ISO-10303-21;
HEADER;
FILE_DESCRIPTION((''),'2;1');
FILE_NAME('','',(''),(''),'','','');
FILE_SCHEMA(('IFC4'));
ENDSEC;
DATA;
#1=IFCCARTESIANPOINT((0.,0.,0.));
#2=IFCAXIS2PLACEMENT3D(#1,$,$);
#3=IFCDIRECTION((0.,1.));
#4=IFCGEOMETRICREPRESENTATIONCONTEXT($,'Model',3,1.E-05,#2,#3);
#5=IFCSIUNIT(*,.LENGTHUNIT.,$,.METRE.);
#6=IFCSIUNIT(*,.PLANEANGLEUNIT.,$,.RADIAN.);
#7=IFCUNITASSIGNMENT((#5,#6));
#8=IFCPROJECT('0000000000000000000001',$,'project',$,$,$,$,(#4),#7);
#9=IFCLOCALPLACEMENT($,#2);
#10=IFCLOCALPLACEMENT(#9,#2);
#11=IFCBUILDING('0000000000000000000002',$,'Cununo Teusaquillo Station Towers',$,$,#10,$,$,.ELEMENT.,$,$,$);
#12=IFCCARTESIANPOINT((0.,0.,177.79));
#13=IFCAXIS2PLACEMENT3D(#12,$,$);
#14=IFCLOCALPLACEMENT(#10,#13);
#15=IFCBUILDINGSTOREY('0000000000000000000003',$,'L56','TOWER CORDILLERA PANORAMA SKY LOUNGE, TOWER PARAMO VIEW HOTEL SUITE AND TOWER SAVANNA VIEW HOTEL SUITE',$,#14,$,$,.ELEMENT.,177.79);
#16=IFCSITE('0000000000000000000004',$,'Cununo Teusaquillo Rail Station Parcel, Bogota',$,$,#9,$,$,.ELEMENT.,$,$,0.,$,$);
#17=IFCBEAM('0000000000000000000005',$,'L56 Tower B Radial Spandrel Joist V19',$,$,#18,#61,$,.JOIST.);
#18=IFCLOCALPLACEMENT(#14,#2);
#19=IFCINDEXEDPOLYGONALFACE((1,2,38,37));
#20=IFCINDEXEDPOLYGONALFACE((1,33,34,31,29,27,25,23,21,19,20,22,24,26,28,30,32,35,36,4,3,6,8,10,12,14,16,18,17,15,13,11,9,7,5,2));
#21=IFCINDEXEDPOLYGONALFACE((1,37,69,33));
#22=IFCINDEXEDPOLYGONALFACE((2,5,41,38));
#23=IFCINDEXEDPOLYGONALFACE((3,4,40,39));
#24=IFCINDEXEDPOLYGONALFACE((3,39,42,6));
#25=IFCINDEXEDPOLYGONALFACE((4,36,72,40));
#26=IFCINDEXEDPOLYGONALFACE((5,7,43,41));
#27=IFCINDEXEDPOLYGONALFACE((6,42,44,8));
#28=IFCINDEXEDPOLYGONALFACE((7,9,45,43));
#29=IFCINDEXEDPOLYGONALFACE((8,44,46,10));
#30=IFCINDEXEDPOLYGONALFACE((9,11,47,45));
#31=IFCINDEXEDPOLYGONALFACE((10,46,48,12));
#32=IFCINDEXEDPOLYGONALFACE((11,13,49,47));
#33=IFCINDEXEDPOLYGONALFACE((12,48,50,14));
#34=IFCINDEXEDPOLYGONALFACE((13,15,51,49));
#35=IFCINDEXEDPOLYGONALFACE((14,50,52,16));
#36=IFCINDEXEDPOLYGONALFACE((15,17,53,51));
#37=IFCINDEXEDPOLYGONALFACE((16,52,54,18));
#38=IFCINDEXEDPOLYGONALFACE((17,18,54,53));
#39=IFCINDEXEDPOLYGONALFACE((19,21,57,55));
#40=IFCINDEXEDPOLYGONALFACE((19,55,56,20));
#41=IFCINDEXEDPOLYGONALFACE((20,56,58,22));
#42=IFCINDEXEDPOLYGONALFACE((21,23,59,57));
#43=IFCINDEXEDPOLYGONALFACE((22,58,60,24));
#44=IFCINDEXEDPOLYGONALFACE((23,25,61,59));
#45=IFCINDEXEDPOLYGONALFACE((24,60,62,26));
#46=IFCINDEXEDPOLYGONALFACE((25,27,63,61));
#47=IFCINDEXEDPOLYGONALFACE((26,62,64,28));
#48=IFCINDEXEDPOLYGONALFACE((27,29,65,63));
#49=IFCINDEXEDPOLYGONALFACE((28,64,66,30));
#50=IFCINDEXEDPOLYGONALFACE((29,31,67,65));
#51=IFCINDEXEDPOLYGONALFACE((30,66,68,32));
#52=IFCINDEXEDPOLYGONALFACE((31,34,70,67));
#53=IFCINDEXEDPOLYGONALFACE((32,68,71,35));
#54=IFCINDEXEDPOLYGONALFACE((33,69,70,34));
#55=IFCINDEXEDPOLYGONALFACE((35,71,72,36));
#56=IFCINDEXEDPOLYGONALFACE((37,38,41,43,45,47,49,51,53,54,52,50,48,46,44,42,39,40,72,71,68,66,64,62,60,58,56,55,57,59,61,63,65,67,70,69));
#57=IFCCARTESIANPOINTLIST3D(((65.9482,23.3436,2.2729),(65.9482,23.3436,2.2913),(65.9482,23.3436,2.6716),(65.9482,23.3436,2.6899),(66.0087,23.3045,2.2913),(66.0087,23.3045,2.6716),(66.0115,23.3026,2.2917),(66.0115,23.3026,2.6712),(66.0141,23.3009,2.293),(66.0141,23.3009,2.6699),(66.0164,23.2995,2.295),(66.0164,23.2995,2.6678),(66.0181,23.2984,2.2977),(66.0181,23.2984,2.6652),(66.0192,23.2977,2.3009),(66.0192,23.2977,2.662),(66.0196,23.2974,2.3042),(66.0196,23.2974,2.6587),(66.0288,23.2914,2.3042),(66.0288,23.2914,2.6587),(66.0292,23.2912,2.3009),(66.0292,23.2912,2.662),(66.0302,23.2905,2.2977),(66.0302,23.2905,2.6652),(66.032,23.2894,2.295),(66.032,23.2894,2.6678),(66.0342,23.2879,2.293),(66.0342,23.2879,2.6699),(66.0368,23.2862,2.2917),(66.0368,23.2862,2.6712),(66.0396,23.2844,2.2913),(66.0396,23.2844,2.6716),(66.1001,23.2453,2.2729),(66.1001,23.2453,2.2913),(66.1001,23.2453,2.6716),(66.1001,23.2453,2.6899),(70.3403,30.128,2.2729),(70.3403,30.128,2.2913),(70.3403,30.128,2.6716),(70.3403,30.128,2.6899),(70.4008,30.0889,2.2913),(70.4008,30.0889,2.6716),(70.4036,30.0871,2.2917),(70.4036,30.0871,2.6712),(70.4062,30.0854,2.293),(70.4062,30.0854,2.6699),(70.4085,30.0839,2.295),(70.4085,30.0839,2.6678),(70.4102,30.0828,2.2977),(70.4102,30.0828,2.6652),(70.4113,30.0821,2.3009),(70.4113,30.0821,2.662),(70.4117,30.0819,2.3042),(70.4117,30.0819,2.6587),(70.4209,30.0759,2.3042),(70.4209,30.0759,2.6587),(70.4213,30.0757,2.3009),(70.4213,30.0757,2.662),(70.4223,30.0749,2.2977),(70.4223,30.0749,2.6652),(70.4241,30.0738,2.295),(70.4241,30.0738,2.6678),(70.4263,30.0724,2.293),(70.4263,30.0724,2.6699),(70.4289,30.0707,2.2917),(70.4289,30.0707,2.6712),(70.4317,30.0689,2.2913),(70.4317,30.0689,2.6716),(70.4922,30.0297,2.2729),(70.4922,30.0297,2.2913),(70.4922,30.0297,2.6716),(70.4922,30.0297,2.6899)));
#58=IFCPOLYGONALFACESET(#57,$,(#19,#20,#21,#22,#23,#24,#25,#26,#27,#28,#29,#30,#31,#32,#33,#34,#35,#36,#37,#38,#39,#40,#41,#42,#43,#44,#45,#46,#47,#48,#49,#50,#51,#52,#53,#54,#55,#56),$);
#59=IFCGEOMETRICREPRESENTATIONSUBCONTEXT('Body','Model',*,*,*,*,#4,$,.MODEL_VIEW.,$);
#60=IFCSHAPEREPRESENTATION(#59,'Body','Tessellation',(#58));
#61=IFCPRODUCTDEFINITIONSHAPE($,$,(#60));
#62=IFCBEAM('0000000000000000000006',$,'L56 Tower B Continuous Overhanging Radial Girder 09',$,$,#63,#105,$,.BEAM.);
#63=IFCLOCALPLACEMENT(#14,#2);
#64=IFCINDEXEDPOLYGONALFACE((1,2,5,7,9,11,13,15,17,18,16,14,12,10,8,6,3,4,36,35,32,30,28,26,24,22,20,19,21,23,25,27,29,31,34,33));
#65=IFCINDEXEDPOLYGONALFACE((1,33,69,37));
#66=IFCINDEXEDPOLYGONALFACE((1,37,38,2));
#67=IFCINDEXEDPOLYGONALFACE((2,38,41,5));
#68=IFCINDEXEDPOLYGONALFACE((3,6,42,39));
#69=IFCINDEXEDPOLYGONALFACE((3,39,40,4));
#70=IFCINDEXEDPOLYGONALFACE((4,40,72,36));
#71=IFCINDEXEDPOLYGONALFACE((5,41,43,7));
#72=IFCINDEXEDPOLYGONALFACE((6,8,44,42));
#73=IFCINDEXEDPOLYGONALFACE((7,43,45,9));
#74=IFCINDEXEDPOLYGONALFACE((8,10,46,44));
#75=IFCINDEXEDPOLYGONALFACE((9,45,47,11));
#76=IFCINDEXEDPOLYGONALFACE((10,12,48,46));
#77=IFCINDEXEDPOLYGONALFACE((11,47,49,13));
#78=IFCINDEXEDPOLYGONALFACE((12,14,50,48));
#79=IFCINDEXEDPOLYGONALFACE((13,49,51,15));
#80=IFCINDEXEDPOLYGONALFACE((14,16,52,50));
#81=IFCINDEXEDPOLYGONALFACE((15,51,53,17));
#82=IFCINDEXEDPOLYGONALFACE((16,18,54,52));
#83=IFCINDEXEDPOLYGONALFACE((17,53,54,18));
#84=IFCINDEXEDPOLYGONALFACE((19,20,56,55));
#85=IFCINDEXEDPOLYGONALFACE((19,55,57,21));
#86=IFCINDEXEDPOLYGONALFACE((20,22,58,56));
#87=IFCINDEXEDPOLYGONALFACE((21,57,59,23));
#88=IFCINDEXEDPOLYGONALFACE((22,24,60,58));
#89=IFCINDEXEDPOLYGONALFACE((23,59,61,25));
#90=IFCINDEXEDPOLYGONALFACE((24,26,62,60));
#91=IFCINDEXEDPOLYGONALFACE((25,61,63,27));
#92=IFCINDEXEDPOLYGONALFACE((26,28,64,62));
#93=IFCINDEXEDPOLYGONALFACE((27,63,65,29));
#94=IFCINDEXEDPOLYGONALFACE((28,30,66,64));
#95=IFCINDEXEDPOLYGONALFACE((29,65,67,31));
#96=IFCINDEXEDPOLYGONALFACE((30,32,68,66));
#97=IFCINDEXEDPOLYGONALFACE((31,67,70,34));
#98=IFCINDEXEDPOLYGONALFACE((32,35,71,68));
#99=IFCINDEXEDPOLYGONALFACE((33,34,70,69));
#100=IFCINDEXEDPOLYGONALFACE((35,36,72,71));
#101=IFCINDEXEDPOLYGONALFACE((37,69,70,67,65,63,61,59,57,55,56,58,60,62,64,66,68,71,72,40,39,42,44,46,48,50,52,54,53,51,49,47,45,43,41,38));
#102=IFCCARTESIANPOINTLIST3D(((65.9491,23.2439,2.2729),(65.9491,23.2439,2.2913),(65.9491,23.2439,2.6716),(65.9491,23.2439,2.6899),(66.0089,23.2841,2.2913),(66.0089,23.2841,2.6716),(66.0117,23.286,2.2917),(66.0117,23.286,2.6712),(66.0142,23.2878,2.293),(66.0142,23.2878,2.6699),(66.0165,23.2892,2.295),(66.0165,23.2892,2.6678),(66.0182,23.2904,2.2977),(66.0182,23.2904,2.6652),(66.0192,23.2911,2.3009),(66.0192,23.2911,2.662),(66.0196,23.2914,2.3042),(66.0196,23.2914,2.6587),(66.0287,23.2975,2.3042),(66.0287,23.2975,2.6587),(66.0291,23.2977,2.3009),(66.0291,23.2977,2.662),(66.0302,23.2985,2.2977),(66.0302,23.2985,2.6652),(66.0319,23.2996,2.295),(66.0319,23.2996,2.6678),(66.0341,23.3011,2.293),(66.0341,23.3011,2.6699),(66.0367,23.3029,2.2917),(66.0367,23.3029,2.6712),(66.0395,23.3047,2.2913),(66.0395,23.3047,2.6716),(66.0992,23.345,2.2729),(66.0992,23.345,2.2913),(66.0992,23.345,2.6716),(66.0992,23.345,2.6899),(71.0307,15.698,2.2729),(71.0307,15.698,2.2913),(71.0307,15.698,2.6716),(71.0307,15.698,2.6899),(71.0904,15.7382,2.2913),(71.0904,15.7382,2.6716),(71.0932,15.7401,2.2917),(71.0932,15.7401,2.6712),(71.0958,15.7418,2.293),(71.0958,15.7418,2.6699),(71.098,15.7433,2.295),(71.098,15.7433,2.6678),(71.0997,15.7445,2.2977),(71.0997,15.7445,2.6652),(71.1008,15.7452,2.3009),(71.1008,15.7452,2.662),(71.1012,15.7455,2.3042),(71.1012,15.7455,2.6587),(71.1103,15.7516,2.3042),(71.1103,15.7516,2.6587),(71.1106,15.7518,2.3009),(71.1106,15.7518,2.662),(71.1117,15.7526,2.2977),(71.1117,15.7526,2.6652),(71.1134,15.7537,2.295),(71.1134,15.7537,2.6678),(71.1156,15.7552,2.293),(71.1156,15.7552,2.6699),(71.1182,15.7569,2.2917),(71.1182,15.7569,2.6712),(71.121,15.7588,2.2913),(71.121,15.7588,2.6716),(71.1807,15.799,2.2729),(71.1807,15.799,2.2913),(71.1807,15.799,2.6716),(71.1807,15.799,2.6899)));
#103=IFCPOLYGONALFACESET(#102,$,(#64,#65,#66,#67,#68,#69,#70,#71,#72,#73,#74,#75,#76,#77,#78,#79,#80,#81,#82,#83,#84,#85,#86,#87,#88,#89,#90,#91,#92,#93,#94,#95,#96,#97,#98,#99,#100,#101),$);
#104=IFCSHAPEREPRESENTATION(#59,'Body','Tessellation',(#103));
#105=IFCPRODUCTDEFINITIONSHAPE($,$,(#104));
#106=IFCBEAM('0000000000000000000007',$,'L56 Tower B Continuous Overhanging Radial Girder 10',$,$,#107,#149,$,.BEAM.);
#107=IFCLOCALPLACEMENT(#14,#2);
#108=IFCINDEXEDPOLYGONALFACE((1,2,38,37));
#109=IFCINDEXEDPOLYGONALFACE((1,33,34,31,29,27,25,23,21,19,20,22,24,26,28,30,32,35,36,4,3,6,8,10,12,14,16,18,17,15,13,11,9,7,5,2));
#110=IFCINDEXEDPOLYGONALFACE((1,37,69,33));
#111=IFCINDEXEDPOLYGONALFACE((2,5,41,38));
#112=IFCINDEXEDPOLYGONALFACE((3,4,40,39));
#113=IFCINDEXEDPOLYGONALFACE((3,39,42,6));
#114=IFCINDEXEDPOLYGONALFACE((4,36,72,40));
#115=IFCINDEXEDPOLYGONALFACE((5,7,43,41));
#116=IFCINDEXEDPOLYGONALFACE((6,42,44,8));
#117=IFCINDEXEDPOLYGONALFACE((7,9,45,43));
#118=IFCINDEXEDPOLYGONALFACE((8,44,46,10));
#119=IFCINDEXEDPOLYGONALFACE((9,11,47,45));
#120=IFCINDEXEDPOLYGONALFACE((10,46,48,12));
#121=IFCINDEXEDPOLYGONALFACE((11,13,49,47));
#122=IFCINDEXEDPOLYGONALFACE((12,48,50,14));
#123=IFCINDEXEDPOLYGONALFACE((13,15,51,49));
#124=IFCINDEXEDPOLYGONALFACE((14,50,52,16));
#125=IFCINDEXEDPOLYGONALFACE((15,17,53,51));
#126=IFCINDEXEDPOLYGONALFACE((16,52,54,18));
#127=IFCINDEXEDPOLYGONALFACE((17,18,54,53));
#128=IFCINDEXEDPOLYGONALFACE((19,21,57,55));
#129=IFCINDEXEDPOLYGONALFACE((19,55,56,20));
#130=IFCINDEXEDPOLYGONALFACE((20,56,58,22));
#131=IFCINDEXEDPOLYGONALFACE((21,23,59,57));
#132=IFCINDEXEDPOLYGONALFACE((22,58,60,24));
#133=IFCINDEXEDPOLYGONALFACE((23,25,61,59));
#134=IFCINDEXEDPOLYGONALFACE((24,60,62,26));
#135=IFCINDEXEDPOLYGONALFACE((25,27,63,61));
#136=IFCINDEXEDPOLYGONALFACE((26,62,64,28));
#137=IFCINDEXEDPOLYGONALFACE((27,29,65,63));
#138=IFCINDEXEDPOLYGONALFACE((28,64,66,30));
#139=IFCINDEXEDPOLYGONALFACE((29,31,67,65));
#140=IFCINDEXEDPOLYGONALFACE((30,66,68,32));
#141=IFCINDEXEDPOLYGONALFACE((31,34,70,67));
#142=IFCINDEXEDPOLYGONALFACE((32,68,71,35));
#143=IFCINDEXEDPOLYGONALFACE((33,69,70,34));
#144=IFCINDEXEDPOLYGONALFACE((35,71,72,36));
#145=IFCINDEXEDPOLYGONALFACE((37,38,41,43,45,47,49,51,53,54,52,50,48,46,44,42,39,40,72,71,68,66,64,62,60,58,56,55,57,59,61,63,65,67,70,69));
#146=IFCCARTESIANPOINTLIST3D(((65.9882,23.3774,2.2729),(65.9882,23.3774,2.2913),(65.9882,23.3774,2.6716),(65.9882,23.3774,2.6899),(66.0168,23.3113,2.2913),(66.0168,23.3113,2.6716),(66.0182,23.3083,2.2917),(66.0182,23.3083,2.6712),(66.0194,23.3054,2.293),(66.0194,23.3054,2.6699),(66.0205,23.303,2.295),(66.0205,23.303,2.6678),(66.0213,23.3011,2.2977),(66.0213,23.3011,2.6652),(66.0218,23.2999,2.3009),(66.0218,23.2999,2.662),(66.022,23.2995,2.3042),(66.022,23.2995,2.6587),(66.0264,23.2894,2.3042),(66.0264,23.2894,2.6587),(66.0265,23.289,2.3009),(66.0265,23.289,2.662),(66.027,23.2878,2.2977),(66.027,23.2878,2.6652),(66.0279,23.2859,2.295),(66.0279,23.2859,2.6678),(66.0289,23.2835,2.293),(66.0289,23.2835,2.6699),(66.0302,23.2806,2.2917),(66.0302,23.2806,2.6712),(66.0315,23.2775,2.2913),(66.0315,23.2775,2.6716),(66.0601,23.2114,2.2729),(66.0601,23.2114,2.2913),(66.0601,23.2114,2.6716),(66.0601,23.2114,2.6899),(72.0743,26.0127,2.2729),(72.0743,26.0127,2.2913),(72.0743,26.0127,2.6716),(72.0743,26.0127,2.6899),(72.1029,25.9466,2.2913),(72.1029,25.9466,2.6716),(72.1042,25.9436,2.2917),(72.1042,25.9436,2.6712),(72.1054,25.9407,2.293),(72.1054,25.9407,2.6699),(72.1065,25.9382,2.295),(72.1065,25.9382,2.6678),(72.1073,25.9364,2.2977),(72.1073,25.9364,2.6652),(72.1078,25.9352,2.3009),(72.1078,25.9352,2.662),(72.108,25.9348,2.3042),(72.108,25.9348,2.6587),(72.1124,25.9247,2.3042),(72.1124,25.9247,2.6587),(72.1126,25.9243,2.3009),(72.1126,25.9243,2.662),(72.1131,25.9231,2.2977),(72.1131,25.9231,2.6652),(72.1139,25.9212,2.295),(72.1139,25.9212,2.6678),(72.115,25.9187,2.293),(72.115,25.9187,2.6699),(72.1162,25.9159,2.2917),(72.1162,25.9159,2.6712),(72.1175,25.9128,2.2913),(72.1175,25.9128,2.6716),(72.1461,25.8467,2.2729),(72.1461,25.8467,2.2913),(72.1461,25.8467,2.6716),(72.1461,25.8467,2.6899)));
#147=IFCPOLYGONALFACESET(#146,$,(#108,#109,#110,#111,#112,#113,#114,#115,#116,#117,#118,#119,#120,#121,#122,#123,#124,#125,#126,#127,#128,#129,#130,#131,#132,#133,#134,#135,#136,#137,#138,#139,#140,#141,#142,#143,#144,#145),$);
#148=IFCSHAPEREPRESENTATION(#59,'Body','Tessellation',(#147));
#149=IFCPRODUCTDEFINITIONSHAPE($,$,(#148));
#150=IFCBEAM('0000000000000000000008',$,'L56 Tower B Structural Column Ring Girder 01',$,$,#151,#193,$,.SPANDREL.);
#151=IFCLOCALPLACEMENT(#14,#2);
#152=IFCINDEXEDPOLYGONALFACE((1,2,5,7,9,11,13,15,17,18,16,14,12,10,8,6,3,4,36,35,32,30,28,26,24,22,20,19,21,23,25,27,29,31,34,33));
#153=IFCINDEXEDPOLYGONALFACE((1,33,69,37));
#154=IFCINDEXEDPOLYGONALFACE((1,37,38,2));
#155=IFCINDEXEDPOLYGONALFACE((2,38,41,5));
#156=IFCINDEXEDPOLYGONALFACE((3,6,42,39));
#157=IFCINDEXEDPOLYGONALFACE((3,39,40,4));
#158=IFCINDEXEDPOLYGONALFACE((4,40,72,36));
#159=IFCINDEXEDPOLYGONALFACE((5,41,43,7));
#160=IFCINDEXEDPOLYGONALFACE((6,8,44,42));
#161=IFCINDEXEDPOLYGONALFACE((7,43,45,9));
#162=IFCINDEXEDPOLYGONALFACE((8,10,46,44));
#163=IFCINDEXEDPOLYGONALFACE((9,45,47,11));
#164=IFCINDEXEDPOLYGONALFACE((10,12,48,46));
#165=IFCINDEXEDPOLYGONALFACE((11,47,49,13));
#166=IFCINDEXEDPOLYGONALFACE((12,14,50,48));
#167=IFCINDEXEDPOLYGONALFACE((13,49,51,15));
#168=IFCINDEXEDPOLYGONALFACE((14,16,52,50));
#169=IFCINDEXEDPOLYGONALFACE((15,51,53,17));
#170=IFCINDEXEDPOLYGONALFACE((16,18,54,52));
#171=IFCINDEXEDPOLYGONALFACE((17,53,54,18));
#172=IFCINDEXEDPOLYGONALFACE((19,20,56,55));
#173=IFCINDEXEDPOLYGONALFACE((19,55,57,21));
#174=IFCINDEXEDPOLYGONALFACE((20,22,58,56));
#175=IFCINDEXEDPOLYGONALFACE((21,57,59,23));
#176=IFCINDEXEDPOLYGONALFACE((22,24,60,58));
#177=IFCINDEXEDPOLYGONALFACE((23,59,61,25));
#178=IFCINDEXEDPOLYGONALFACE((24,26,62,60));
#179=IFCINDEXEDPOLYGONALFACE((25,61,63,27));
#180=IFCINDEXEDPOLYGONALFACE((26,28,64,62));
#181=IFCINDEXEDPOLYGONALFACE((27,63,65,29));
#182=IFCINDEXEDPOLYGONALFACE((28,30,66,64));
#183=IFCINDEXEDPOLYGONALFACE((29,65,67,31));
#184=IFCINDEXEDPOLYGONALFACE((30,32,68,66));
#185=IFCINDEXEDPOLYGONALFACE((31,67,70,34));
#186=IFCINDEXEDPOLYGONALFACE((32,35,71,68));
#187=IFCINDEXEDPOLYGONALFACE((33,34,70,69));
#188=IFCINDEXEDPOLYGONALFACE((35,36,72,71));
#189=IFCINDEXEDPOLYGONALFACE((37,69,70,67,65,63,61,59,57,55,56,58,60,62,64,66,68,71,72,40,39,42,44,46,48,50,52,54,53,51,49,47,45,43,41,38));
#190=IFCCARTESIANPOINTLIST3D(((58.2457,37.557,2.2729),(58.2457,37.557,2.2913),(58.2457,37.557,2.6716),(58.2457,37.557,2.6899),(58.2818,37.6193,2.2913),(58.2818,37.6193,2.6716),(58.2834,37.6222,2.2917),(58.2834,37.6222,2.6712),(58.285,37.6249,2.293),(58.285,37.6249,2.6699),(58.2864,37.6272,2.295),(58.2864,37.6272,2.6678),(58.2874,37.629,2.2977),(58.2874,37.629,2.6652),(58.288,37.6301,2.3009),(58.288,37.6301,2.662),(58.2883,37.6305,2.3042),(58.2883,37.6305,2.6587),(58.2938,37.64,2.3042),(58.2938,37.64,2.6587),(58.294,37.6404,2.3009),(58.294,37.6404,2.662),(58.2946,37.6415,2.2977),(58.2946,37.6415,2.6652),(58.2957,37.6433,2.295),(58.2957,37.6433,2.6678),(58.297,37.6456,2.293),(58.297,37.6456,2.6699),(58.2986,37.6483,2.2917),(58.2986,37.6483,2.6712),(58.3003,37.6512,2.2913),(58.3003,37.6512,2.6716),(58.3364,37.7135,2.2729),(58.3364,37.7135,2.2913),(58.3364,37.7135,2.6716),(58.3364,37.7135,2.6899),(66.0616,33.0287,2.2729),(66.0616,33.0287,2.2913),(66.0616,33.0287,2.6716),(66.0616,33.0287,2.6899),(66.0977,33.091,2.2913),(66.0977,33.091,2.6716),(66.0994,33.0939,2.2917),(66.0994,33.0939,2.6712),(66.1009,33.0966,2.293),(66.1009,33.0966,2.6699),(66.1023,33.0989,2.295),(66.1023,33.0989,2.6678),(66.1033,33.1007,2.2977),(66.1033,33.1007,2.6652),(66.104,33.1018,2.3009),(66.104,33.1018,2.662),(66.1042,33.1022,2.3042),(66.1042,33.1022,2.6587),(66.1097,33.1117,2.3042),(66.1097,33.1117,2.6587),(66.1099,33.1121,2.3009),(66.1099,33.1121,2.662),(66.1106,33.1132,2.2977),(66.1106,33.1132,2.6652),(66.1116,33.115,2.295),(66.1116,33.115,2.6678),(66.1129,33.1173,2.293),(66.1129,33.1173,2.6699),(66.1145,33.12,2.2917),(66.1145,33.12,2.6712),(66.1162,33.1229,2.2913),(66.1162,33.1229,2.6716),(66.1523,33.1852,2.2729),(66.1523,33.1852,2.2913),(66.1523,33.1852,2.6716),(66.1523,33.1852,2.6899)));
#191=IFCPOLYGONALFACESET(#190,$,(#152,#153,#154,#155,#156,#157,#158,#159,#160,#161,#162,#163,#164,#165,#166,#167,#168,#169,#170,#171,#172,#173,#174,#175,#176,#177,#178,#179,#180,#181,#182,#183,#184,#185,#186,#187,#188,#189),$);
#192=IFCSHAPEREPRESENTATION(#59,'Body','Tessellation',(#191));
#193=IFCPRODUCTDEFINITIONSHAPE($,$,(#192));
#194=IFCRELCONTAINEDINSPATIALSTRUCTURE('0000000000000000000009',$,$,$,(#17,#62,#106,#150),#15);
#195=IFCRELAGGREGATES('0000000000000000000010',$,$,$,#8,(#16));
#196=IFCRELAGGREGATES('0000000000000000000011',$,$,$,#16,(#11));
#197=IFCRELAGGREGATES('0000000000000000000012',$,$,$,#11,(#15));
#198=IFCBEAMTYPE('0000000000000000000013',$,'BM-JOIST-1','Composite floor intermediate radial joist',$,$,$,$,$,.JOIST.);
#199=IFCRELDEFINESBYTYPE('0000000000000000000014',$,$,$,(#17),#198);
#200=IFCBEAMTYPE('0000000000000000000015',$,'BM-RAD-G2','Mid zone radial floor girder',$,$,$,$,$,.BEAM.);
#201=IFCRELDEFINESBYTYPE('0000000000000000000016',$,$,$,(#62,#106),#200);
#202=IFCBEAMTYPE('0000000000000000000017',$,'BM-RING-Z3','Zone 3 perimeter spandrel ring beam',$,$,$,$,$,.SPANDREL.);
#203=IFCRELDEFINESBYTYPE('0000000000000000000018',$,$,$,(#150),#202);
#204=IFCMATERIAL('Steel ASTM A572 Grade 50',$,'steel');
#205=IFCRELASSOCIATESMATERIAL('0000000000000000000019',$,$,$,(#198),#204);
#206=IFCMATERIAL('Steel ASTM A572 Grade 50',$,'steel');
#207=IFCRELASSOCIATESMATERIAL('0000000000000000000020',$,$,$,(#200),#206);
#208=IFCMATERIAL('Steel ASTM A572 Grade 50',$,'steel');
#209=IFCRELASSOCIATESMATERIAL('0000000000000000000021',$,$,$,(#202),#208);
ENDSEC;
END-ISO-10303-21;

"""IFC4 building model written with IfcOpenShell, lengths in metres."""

from ifc_helpers import new_model, si_unit, direction, frame, origin, origin_2d, place, context, subcontext, project, spatial, i_section, extrude, material, material_profile, profile_set, type_object, element, save


model = new_model("IFC4")

# Units and contexts
model_context = context("Model", 3, precision=1e-05, world=origin(), true_north=direction((0.0, 1.0)))
body_context = subcontext(model_context, "Body", "Model", "MODEL_VIEW")
ifc_project = project(units=[si_unit("LENGTHUNIT", "METRE"), si_unit("PLANEANGLEUNIT", "RADIAN")], contexts=[model_context])

# Site, building, storey
site_placement = place(None, origin())
site = spatial("IfcSite", under=ifc_project, at=site_placement, Name="Cununo Teusaquillo Rail Station Parcel, Bogota", CompositionType="ELEMENT", RefElevation=0.0)
building_placement = place(site_placement, origin())
building = spatial("IfcBuilding", under=site, at=building_placement, Name="Cununo Teusaquillo Station Towers", CompositionType="ELEMENT")
storey_placement = place(building_placement, frame((0.0, 0.0, 177.79)))
storey = spatial("IfcBuildingStorey", under=building, at=storey_placement, Name="L56", Description="TOWER CORDILLERA PANORAMA SKY LOUNGE, TOWER PARAMO VIEW HOTEL SUITE AND TOWER SAVANNA VIEW HOTEL SUITE", CompositionType="ELEMENT", Elevation=177.79)

# Beams
ifc_material_1 = material(Name="Steel ASTM A572 Grade 50", Category="steel")
ifc_material_profile_1 = material_profile(ifc_material_1, i_section(OverallWidth=0.1809, OverallDepth=0.417, WebThickness=0.011, FlangeThickness=0.0183, FilletRadius=0.0129, at=origin_2d()), Name="W16X57")
ifc_profile_set_1 = profile_set([ifc_material_profile_1], Name="Steel ASTM A572 Grade 50")
beam_type_1 = type_object("IfcBeamType", Name="BM-JOIST-1", Description="Composite floor intermediate radial joist", PredefinedType="JOIST", material=ifc_profile_set_1)
beam_1_placement = place(storey_placement, frame((66.0242, 23.2944, 2.4814), z_axis=(0.54344, 0.839448, 0.0), x_axis=(-0.839448, 0.54344, 0.0)))
element("IfcBeam", 1, at=beam_1_placement, inside=storey, type_object=beam_type_1, Name="L56 Tower B Radial Spandrel Joist V19", PredefinedType="JOIST", context=body_context, shape_type="SweptSolid", body=[
    extrude(i_section(OverallWidth=0.1809, OverallDepth=0.417, WebThickness=0.011, FlangeThickness=0.0183, FilletRadius=0.0129, at=origin_2d()), origin(), (0.0, 0.0, 1.0), 8.082),
])
ifc_material_2 = material(Name="Steel ASTM A572 Grade 50", Category="steel")
ifc_material_profile_2 = material_profile(ifc_material_2, i_section(OverallWidth=0.1809, OverallDepth=0.417, WebThickness=0.011, FlangeThickness=0.0183, FilletRadius=0.0129, at=origin_2d()), Name="W16X57")
ifc_profile_set_2 = profile_set([ifc_material_profile_2], Name="Steel ASTM A572 Grade 50")
beam_type_2 = type_object("IfcBeamType", Name="BM-RAD-G2", Description="Mid zone radial floor girder", PredefinedType="BEAM", material=ifc_profile_set_2)
beam_2_placement = place(storey_placement, frame((66.0242, 23.2944, 2.4814), z_axis=(0.558571, -0.829457, 0.0), x_axis=(0.829457, 0.558571, 0.0)))
element("IfcBeam", 2, at=beam_2_placement, inside=storey, type_object=beam_type_2, Name="L56 Tower B Continuous Overhanging Radial Girder 09", PredefinedType="BEAM", context=body_context, shape_type="SweptSolid", body=[
    extrude(i_section(OverallWidth=0.1809, OverallDepth=0.417, WebThickness=0.011, FlangeThickness=0.0183, FilletRadius=0.0129, at=origin_2d()), origin(), (0.0, 0.0, 1.0), 9.0974),
])
beam_3_placement = place(storey_placement, frame((66.0242, 23.2944, 2.4814), z_axis=(0.917665, 0.397355, 0.0), x_axis=(-0.397355, 0.917665, 0.0)))
element("IfcBeam", 3, at=beam_3_placement, inside=storey, type_object=beam_type_2, Name="L56 Tower B Continuous Overhanging Radial Girder 10", PredefinedType="BEAM", context=body_context, shape_type="SweptSolid", body=[
    extrude(i_section(OverallWidth=0.1809, OverallDepth=0.417, WebThickness=0.011, FlangeThickness=0.0183, FilletRadius=0.0129, at=origin_2d()), origin(), (0.0, 0.0, 1.0), 6.6321),
])
ifc_material_3 = material(Name="Steel ASTM A572 Grade 50", Category="steel")
ifc_material_profile_3 = material_profile(ifc_material_3, i_section(OverallWidth=0.1809, OverallDepth=0.417, WebThickness=0.011, FlangeThickness=0.0183, FilletRadius=0.0129, at=origin_2d()), Name="W16X57")
ifc_profile_set_3 = profile_set([ifc_material_profile_3], Name="Steel ASTM A572 Grade 50")
beam_type_3 = type_object("IfcBeamType", Name="BM-RING-Z3", Description="Zone 3 perimeter spandrel ring beam", PredefinedType="SPANDREL", material=ifc_profile_set_3)
for number, where, z_axis, x_axis, name in (
    (4, (66.1069, 33.1069, 2.4814), (-0.865267, 0.501311, 0.0), (-0.501311, -0.865267, 0.0), "L56 Tower B Structural Column Ring Girder 01"),
):
    element("IfcBeam", number, at=place(storey_placement, frame(where, z_axis=z_axis, x_axis=x_axis)), inside=storey, type_object=beam_type_3, Name=name, PredefinedType="SPANDREL", context=body_context, shape_type="SweptSolid", body=[
        extrude(i_section(OverallWidth=0.1809, OverallDepth=0.417, WebThickness=0.011, FlangeThickness=0.0183, FilletRadius=0.0129, at=origin_2d()), origin(), (0.0, 0.0, 1.0), 9.033),
    ])

save(model, "model.ifc")
